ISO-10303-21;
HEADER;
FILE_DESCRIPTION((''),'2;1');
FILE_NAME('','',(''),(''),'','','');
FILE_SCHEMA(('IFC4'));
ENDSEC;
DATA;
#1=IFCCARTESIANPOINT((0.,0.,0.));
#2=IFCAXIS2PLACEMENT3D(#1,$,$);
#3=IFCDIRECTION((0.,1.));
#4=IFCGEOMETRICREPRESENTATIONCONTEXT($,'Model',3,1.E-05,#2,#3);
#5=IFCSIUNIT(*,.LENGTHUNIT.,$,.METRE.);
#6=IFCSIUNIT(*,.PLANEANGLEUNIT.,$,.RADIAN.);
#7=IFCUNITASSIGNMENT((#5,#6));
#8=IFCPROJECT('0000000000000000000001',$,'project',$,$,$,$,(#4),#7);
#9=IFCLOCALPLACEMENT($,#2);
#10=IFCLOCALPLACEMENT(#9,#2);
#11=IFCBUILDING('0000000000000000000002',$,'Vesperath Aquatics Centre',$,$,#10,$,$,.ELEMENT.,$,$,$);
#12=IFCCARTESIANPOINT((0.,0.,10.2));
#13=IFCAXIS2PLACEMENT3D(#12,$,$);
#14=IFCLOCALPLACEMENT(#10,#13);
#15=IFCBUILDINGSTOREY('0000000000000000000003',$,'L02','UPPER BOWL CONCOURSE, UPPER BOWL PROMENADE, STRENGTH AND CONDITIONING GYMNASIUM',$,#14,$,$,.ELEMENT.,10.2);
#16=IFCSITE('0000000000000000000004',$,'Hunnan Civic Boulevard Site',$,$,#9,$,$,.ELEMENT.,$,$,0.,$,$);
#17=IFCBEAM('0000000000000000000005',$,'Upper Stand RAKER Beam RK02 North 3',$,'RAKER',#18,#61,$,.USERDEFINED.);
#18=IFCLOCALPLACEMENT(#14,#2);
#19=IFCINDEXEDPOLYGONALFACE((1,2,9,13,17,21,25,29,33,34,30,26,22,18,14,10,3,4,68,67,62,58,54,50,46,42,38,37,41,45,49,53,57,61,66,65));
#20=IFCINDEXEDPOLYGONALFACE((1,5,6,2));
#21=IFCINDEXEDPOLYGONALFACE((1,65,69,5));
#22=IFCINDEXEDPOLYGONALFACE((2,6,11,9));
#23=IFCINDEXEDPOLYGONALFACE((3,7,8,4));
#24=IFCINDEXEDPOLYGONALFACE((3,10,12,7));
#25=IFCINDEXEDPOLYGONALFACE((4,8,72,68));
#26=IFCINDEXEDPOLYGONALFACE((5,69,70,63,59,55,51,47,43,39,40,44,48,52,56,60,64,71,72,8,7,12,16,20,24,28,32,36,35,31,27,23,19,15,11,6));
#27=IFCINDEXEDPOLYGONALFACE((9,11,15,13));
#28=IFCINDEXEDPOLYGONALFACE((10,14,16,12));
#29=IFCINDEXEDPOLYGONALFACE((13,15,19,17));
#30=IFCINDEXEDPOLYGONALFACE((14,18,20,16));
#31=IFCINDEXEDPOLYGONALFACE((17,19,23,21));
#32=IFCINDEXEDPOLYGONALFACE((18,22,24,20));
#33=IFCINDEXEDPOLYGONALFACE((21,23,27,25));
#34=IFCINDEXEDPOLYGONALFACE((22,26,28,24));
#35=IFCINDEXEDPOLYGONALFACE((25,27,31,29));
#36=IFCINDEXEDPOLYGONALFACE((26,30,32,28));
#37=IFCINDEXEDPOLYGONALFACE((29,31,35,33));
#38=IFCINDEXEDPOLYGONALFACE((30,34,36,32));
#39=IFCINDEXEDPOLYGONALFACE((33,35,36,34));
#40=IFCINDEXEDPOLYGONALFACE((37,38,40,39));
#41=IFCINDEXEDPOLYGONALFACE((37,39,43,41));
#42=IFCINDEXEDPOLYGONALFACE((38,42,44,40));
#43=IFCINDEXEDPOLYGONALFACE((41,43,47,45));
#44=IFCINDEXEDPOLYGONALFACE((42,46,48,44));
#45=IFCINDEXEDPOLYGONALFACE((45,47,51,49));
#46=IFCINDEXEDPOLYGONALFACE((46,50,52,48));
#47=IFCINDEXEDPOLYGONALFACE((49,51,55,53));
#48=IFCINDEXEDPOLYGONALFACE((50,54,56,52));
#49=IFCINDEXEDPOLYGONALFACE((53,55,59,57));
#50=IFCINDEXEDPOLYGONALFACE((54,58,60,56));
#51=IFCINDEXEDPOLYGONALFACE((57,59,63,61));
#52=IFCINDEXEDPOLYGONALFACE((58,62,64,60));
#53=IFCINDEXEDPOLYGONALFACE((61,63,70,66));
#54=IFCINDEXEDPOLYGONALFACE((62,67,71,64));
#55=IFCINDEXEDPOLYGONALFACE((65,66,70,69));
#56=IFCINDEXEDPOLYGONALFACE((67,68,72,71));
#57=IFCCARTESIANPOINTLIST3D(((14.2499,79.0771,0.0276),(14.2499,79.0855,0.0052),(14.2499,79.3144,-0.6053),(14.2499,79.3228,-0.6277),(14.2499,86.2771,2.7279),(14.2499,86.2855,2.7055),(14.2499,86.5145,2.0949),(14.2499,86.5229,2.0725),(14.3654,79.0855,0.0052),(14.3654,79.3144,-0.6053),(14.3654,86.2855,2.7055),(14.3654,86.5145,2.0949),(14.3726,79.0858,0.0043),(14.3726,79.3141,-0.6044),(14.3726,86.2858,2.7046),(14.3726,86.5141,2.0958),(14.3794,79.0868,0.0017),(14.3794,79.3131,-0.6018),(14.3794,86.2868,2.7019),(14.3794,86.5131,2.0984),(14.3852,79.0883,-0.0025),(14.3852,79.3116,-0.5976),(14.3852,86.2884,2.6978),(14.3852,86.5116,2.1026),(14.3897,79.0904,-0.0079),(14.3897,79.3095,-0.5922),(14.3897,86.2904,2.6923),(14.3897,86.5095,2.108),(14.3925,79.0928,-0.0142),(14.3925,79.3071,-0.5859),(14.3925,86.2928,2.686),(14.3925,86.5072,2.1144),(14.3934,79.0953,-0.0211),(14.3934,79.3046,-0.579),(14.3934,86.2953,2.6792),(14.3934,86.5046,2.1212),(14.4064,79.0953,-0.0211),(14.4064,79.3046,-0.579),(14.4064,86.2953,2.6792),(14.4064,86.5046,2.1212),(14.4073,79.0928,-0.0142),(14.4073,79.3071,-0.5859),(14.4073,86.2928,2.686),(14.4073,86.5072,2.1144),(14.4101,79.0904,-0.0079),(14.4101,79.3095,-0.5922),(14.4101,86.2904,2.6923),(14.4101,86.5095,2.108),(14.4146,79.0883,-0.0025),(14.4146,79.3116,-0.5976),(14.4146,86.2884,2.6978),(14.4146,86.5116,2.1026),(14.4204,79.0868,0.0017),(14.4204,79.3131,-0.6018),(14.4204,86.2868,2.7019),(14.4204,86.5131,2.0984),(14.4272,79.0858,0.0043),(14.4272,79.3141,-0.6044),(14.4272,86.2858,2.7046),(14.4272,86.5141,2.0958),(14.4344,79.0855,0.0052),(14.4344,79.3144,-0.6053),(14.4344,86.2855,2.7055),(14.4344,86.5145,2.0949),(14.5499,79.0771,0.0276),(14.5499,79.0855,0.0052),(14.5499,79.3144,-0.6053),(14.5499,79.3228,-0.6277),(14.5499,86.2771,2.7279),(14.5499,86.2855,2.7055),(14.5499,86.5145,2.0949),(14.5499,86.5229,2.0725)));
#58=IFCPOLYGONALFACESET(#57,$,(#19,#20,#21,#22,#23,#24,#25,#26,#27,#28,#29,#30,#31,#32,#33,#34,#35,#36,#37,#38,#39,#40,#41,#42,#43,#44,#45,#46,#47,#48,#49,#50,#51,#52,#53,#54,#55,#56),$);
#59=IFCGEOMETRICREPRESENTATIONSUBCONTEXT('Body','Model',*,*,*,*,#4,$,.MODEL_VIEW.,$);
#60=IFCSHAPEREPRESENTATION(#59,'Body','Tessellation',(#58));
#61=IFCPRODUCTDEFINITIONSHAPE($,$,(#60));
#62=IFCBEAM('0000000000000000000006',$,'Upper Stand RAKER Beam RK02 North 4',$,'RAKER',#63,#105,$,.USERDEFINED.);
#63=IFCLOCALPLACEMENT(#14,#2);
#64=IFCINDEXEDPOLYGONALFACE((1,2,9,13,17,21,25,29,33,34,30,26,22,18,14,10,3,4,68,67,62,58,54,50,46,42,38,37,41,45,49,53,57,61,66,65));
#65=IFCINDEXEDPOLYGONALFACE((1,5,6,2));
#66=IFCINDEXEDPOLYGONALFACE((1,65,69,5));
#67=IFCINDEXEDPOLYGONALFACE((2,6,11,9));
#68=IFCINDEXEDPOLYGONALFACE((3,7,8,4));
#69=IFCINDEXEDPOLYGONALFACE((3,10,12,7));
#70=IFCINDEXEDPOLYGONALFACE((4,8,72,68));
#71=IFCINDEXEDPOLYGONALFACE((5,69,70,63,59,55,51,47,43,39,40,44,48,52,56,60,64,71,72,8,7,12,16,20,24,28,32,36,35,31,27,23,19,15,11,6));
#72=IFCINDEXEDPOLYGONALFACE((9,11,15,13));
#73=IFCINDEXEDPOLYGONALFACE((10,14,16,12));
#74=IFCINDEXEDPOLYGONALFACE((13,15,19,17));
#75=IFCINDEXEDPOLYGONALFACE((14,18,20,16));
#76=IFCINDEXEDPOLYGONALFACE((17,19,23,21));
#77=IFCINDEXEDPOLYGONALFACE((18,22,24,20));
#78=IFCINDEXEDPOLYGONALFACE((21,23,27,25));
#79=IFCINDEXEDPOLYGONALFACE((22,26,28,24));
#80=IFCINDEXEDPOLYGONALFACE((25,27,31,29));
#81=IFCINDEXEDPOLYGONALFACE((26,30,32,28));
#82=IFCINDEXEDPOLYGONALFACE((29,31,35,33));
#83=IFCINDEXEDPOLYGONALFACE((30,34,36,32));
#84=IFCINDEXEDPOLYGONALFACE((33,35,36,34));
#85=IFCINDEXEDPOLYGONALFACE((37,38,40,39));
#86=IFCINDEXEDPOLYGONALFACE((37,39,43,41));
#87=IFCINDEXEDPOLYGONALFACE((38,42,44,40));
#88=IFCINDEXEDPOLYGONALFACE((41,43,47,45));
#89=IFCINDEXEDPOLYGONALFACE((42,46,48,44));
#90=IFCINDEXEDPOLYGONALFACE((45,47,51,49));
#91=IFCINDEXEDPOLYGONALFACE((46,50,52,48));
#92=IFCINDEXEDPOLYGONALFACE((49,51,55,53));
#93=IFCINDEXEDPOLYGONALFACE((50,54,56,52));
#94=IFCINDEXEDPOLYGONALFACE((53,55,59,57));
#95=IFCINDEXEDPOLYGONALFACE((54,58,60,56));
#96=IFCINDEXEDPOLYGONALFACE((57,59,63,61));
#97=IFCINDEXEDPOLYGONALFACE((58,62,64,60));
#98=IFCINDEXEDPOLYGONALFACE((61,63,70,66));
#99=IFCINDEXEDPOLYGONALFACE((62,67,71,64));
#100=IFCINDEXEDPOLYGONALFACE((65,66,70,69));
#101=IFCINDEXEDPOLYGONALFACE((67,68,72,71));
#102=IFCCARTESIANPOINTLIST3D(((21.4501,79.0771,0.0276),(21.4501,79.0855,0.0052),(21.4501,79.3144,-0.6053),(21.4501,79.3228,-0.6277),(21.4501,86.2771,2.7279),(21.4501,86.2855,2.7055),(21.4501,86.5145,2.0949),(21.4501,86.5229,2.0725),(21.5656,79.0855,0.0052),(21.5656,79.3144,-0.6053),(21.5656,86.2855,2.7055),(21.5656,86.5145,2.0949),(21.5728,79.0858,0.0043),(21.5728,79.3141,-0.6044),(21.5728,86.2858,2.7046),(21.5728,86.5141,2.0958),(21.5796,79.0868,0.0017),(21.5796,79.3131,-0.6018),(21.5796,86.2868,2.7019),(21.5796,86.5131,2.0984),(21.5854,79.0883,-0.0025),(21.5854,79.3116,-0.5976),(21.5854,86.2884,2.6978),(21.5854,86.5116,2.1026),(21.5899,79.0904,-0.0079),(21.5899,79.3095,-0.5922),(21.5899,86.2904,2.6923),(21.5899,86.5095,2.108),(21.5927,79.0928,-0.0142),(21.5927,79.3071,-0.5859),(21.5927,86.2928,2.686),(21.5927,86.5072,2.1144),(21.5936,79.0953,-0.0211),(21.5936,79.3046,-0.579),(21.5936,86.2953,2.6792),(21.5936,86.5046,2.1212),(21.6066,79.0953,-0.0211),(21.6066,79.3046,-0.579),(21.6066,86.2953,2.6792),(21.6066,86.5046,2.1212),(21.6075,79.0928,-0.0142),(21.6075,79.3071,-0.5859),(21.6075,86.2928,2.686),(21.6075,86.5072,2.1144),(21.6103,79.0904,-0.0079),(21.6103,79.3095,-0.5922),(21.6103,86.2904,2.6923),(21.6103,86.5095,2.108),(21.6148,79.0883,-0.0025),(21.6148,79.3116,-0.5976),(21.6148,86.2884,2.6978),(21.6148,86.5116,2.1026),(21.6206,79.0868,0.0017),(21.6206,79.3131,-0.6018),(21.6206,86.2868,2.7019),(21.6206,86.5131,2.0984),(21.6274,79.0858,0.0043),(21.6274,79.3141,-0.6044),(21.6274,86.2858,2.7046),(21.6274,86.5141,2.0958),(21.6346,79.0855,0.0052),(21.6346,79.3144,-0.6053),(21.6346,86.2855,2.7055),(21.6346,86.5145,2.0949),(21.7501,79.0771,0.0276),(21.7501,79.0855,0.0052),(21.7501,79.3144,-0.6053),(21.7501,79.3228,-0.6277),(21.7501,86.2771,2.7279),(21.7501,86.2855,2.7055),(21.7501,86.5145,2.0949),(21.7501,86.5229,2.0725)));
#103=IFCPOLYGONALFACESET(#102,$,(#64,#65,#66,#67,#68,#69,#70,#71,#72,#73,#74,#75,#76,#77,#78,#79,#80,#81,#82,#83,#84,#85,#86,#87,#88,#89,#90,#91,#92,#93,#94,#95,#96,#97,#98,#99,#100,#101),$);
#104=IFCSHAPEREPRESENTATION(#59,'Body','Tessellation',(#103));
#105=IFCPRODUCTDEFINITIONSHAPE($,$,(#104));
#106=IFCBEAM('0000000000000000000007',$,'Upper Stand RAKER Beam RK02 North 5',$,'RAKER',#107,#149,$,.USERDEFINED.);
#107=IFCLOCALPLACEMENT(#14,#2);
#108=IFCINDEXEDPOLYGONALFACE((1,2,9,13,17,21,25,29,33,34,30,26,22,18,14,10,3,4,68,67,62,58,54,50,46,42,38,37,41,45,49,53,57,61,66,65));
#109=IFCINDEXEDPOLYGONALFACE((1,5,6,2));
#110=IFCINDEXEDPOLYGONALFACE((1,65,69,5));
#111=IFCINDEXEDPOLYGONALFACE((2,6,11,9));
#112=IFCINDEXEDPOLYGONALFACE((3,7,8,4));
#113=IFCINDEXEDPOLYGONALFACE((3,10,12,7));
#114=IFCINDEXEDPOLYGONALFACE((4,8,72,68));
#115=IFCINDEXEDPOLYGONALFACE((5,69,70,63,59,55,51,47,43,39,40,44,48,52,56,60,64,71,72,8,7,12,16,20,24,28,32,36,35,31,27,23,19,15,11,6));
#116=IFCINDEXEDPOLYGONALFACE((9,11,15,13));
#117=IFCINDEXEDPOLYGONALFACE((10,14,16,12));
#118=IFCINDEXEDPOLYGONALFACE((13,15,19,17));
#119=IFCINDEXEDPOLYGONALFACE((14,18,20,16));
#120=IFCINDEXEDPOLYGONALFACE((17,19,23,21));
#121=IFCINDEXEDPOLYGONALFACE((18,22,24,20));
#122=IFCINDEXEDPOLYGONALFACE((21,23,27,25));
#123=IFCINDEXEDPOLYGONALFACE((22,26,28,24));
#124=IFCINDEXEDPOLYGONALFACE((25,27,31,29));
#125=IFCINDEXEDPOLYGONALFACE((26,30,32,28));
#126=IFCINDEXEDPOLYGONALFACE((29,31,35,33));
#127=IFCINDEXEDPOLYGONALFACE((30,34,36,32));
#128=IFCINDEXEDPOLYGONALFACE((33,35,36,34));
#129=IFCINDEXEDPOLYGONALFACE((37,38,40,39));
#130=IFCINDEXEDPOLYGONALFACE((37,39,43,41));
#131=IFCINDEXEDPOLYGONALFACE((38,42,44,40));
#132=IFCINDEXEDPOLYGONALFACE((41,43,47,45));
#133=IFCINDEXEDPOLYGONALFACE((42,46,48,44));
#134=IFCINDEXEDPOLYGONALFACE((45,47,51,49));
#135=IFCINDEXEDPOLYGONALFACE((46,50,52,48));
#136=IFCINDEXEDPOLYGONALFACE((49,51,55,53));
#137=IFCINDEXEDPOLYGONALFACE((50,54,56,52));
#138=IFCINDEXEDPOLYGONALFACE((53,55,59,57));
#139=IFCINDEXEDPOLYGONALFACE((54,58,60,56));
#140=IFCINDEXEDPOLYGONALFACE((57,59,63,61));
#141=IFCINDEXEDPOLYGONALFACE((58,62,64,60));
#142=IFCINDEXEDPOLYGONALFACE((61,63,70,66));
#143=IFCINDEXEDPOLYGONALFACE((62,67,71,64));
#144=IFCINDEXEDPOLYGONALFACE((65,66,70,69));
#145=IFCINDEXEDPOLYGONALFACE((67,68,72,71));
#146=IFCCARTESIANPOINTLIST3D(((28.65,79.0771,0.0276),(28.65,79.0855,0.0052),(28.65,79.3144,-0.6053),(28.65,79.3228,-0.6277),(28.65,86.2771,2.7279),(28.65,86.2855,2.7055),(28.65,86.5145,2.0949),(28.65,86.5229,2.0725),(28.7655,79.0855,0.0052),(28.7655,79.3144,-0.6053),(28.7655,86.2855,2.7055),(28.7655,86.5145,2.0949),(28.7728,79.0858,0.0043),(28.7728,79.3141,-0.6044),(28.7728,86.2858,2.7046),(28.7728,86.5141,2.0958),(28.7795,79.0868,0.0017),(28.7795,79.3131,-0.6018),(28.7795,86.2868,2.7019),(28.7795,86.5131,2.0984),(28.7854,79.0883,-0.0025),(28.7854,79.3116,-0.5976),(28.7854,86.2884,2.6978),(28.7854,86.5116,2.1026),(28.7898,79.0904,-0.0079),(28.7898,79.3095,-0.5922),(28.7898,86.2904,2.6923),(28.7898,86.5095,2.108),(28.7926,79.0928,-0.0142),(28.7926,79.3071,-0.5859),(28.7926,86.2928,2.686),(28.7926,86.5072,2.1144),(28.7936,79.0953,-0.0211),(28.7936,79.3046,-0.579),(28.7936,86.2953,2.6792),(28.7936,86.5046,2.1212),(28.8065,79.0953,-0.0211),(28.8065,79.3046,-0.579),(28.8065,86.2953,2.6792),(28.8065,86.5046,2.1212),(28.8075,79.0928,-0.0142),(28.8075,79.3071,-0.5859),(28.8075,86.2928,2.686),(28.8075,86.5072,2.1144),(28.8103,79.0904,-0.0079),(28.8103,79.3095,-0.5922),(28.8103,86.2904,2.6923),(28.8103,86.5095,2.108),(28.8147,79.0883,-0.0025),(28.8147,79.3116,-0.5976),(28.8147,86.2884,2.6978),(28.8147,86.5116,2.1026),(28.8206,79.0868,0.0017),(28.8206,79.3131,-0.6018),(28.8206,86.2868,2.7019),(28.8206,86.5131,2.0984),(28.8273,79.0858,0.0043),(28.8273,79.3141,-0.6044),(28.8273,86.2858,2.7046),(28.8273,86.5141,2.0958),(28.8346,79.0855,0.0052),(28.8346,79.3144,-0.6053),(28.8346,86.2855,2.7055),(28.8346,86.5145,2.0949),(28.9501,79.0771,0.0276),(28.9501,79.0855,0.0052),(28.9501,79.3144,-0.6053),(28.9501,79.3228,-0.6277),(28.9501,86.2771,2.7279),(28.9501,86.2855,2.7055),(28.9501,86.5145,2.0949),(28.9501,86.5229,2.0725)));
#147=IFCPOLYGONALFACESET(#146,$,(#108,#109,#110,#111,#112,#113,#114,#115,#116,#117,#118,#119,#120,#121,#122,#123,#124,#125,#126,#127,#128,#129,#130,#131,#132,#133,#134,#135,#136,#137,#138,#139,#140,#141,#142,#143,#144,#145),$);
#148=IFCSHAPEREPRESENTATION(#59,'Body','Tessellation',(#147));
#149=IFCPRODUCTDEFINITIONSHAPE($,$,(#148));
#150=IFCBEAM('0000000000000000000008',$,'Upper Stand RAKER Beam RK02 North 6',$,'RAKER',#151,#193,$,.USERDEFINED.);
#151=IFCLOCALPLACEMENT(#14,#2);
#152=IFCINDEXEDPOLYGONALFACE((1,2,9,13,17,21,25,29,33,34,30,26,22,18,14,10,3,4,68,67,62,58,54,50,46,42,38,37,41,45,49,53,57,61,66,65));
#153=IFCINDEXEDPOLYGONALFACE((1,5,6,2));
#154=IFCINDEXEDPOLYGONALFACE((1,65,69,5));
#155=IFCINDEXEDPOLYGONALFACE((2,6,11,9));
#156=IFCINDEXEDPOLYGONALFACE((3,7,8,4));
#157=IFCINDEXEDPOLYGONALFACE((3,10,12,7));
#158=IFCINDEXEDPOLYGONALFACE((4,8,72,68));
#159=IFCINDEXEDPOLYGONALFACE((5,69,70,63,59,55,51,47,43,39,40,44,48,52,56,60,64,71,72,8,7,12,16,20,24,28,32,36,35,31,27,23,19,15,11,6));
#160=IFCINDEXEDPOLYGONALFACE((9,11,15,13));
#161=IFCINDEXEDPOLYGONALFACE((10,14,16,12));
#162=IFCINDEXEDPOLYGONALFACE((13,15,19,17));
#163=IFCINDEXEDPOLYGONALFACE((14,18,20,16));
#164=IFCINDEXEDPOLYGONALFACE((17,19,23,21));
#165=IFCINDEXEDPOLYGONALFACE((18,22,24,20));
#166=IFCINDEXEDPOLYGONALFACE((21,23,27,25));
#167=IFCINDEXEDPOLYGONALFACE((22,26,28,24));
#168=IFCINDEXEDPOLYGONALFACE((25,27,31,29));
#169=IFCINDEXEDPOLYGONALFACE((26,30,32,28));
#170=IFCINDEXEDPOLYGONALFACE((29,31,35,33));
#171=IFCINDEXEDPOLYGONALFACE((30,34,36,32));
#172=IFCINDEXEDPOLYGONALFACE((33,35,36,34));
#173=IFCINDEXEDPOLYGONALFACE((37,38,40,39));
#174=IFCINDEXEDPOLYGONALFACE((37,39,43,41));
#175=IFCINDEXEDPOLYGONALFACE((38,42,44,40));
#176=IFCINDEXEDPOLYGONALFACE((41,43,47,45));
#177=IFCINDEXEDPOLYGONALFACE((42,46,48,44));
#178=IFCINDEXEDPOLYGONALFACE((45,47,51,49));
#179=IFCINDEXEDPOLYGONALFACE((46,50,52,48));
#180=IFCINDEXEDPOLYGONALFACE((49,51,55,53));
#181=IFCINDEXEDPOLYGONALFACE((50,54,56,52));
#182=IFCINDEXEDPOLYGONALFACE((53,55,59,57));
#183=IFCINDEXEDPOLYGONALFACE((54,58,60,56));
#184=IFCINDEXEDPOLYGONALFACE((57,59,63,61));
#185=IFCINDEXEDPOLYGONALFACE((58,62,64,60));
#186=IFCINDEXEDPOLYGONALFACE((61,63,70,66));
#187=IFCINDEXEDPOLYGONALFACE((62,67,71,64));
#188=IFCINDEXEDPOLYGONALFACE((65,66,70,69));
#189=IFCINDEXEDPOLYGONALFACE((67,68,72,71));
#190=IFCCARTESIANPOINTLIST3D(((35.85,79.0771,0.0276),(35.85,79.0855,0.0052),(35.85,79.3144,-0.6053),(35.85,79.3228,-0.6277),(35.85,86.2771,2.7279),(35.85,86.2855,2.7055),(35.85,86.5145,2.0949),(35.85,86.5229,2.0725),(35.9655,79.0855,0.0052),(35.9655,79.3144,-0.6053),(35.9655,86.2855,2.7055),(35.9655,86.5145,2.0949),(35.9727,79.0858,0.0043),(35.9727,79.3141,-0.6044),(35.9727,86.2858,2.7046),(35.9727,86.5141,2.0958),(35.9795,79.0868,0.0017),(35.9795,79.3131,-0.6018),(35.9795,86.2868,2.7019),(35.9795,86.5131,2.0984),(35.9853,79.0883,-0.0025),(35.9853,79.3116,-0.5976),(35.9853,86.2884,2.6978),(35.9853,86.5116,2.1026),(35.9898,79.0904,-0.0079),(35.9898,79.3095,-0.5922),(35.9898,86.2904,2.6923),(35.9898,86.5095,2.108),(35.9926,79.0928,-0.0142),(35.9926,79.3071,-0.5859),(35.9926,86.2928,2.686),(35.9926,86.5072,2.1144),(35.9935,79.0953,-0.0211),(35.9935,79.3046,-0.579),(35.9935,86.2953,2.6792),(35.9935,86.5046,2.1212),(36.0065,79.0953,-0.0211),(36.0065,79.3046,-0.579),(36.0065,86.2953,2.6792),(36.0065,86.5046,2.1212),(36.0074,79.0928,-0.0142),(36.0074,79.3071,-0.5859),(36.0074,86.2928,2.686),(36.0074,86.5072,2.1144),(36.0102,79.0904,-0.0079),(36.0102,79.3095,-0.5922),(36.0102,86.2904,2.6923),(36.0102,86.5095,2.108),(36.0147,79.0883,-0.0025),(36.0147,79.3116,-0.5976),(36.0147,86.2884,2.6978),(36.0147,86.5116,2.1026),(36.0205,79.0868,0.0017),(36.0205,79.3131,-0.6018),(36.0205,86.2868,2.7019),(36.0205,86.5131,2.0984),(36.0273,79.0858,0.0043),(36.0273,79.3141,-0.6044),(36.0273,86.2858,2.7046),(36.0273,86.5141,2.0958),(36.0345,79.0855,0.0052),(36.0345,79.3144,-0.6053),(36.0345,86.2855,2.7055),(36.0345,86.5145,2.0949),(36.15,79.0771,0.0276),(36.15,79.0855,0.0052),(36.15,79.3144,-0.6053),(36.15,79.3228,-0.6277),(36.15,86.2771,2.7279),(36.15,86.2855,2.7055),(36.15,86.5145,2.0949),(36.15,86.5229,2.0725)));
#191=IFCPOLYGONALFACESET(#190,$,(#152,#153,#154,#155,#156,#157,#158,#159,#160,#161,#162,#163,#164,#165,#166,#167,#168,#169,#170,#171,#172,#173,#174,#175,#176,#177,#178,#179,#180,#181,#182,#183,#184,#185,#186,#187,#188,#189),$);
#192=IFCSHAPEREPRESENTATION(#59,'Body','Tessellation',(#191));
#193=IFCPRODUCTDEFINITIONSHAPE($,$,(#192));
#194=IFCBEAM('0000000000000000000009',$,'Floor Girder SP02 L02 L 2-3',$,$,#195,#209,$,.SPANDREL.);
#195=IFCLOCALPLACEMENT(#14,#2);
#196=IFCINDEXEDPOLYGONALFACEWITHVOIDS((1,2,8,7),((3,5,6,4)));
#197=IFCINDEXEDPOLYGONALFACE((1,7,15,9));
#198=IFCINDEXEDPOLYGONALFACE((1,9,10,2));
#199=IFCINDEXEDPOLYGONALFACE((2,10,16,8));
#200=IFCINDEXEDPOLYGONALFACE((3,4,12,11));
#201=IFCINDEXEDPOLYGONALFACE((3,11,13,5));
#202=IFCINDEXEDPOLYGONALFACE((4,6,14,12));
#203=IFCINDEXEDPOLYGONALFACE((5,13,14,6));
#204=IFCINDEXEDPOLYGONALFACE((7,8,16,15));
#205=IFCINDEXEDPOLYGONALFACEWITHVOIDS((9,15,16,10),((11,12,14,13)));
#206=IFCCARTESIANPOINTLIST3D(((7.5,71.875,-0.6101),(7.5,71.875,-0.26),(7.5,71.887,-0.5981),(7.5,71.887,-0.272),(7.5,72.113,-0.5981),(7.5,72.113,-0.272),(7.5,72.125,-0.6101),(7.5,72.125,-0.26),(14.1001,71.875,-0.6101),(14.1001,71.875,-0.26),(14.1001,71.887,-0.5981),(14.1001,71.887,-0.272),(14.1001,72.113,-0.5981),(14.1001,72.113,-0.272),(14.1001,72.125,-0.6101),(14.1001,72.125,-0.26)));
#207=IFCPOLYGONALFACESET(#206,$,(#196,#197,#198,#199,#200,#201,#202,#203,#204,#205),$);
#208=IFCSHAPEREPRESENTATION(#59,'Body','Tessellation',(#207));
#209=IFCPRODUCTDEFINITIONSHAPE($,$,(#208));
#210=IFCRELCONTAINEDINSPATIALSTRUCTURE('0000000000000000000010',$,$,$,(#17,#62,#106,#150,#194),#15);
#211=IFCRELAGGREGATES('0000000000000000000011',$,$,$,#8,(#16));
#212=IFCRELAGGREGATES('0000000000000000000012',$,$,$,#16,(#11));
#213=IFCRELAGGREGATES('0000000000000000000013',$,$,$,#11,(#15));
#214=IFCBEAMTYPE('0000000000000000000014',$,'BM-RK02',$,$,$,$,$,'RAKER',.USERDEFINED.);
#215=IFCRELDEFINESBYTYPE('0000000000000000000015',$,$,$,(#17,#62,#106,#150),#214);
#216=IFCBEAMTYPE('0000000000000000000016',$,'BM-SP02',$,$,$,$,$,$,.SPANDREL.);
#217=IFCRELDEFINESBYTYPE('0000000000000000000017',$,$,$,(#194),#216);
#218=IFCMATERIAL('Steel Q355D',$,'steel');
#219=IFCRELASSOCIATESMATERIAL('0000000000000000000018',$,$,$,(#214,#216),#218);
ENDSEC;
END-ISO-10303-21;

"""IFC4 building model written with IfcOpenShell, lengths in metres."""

from ifc_helpers import new_model, si_unit, direction, frame, origin, origin_2d, place, context, subcontext, project, spatial, hollow_rectangle, i_section, extrude, material, material_profile, profile_set, type_object, element, save


model = new_model("IFC4")

# Units and contexts
model_context = context("Model", 3, precision=1e-05, world=origin(), true_north=direction((0.0, 1.0)))
body_context = subcontext(model_context, "Body", "Model", "MODEL_VIEW")
ifc_project = project(units=[si_unit("LENGTHUNIT", "METRE"), si_unit("PLANEANGLEUNIT", "RADIAN")], contexts=[model_context])

# Site, building, storey
site_placement = place(None, origin())
site = spatial("IfcSite", under=ifc_project, at=site_placement, Name="Hunnan Civic Boulevard Site", CompositionType="ELEMENT", RefElevation=0.0)
building_placement = place(site_placement, origin())
building = spatial("IfcBuilding", under=site, at=building_placement, Name="Vesperath Aquatics Centre", CompositionType="ELEMENT")
storey_placement = place(building_placement, frame((0.0, 0.0, 10.2)))
storey = spatial("IfcBuildingStorey", under=building, at=storey_placement, Name="L02", Description="UPPER BOWL CONCOURSE, UPPER BOWL PROMENADE, STRENGTH AND CONDITIONING GYMNASIUM", CompositionType="ELEMENT", Elevation=10.2)

# Beams
ifc_material_1 = material(Name="Steel Q355D", Category="steel")
ifc_material_profile_1 = material_profile(ifc_material_1, i_section(OverallWidth=0.3, OverallDepth=0.7, WebThickness=0.0129, FlangeThickness=0.0239, FilletRadius=0.0281, at=origin_2d()), Name="HN 700x300x13x24")
ifc_profile_set_1 = profile_set([ifc_material_profile_1], Name="Steel Q355D")
beam_type_1 = type_object("IfcBeamType", Name="BM-RK02", ElementType="RAKER", PredefinedType="USERDEFINED", material=ifc_profile_set_1)
for number, where, z_axis, x_axis, name in (
    (1, (14.3999, 79.2, -0.3), (0.0, 0.93632, 0.351148), (-1.0, 0.0, 0.0), "Upper Stand RAKER Beam RK02 North 3"),
    (2, (21.6001, 79.2, -0.3), (0.0, 0.93632, 0.351148), (-1.0, 0.0, 0.0), "Upper Stand RAKER Beam RK02 North 4"),
    (3, (28.8, 79.2, -0.3), (0.0, 0.93632, 0.351148), (-1.0, 0.0, 0.0), "Upper Stand RAKER Beam RK02 North 5"),
    (4, (36.0, 79.2, -0.3), (0.0, 0.93632, 0.351148), (-1.0, 0.0, 0.0), "Upper Stand RAKER Beam RK02 North 6"),
):
    element("IfcBeam", number, at=place(storey_placement, frame(where, z_axis=z_axis, x_axis=x_axis)), inside=storey, type_object=beam_type_1, Name=name, ObjectType="RAKER", PredefinedType="USERDEFINED", context=body_context, shape_type="SweptSolid", body=[
        extrude(i_section(OverallWidth=0.3, OverallDepth=0.7, WebThickness=0.0129, FlangeThickness=0.0239, FilletRadius=0.0281, at=origin_2d()), origin(), (0.0, 0.0, 1.0), 7.6897),
    ])
ifc_material_profile_2 = material_profile(ifc_material_1, hollow_rectangle(XDim=0.25, YDim=0.3501, WallThickness=0.012, at=origin_2d()), Name="RHS 350x250x12")
ifc_profile_set_2 = profile_set([ifc_material_profile_2], Name="Steel Q355D")
beam_type_2 = type_object("IfcBeamType", Name="BM-SP02", PredefinedType="SPANDREL", material=ifc_profile_set_2)
for number, where, z_axis, x_axis, name in (
    (5, (7.5, 72.0, -0.4351), (1.0, 0.0, 0.0), (0.0, 1.0, 0.0), "Floor Girder SP02 L02 L 2-3"),
):
    element("IfcBeam", number, at=place(storey_placement, frame(where, z_axis=z_axis, x_axis=x_axis)), inside=storey, type_object=beam_type_2, Name=name, PredefinedType="SPANDREL", context=body_context, shape_type="SweptSolid", body=[
        extrude(hollow_rectangle(XDim=0.25, YDim=0.3501, WallThickness=0.012, at=origin_2d()), origin(), (0.0, 0.0, 1.0), 6.6001),
    ])

save(model, "model.ifc")
